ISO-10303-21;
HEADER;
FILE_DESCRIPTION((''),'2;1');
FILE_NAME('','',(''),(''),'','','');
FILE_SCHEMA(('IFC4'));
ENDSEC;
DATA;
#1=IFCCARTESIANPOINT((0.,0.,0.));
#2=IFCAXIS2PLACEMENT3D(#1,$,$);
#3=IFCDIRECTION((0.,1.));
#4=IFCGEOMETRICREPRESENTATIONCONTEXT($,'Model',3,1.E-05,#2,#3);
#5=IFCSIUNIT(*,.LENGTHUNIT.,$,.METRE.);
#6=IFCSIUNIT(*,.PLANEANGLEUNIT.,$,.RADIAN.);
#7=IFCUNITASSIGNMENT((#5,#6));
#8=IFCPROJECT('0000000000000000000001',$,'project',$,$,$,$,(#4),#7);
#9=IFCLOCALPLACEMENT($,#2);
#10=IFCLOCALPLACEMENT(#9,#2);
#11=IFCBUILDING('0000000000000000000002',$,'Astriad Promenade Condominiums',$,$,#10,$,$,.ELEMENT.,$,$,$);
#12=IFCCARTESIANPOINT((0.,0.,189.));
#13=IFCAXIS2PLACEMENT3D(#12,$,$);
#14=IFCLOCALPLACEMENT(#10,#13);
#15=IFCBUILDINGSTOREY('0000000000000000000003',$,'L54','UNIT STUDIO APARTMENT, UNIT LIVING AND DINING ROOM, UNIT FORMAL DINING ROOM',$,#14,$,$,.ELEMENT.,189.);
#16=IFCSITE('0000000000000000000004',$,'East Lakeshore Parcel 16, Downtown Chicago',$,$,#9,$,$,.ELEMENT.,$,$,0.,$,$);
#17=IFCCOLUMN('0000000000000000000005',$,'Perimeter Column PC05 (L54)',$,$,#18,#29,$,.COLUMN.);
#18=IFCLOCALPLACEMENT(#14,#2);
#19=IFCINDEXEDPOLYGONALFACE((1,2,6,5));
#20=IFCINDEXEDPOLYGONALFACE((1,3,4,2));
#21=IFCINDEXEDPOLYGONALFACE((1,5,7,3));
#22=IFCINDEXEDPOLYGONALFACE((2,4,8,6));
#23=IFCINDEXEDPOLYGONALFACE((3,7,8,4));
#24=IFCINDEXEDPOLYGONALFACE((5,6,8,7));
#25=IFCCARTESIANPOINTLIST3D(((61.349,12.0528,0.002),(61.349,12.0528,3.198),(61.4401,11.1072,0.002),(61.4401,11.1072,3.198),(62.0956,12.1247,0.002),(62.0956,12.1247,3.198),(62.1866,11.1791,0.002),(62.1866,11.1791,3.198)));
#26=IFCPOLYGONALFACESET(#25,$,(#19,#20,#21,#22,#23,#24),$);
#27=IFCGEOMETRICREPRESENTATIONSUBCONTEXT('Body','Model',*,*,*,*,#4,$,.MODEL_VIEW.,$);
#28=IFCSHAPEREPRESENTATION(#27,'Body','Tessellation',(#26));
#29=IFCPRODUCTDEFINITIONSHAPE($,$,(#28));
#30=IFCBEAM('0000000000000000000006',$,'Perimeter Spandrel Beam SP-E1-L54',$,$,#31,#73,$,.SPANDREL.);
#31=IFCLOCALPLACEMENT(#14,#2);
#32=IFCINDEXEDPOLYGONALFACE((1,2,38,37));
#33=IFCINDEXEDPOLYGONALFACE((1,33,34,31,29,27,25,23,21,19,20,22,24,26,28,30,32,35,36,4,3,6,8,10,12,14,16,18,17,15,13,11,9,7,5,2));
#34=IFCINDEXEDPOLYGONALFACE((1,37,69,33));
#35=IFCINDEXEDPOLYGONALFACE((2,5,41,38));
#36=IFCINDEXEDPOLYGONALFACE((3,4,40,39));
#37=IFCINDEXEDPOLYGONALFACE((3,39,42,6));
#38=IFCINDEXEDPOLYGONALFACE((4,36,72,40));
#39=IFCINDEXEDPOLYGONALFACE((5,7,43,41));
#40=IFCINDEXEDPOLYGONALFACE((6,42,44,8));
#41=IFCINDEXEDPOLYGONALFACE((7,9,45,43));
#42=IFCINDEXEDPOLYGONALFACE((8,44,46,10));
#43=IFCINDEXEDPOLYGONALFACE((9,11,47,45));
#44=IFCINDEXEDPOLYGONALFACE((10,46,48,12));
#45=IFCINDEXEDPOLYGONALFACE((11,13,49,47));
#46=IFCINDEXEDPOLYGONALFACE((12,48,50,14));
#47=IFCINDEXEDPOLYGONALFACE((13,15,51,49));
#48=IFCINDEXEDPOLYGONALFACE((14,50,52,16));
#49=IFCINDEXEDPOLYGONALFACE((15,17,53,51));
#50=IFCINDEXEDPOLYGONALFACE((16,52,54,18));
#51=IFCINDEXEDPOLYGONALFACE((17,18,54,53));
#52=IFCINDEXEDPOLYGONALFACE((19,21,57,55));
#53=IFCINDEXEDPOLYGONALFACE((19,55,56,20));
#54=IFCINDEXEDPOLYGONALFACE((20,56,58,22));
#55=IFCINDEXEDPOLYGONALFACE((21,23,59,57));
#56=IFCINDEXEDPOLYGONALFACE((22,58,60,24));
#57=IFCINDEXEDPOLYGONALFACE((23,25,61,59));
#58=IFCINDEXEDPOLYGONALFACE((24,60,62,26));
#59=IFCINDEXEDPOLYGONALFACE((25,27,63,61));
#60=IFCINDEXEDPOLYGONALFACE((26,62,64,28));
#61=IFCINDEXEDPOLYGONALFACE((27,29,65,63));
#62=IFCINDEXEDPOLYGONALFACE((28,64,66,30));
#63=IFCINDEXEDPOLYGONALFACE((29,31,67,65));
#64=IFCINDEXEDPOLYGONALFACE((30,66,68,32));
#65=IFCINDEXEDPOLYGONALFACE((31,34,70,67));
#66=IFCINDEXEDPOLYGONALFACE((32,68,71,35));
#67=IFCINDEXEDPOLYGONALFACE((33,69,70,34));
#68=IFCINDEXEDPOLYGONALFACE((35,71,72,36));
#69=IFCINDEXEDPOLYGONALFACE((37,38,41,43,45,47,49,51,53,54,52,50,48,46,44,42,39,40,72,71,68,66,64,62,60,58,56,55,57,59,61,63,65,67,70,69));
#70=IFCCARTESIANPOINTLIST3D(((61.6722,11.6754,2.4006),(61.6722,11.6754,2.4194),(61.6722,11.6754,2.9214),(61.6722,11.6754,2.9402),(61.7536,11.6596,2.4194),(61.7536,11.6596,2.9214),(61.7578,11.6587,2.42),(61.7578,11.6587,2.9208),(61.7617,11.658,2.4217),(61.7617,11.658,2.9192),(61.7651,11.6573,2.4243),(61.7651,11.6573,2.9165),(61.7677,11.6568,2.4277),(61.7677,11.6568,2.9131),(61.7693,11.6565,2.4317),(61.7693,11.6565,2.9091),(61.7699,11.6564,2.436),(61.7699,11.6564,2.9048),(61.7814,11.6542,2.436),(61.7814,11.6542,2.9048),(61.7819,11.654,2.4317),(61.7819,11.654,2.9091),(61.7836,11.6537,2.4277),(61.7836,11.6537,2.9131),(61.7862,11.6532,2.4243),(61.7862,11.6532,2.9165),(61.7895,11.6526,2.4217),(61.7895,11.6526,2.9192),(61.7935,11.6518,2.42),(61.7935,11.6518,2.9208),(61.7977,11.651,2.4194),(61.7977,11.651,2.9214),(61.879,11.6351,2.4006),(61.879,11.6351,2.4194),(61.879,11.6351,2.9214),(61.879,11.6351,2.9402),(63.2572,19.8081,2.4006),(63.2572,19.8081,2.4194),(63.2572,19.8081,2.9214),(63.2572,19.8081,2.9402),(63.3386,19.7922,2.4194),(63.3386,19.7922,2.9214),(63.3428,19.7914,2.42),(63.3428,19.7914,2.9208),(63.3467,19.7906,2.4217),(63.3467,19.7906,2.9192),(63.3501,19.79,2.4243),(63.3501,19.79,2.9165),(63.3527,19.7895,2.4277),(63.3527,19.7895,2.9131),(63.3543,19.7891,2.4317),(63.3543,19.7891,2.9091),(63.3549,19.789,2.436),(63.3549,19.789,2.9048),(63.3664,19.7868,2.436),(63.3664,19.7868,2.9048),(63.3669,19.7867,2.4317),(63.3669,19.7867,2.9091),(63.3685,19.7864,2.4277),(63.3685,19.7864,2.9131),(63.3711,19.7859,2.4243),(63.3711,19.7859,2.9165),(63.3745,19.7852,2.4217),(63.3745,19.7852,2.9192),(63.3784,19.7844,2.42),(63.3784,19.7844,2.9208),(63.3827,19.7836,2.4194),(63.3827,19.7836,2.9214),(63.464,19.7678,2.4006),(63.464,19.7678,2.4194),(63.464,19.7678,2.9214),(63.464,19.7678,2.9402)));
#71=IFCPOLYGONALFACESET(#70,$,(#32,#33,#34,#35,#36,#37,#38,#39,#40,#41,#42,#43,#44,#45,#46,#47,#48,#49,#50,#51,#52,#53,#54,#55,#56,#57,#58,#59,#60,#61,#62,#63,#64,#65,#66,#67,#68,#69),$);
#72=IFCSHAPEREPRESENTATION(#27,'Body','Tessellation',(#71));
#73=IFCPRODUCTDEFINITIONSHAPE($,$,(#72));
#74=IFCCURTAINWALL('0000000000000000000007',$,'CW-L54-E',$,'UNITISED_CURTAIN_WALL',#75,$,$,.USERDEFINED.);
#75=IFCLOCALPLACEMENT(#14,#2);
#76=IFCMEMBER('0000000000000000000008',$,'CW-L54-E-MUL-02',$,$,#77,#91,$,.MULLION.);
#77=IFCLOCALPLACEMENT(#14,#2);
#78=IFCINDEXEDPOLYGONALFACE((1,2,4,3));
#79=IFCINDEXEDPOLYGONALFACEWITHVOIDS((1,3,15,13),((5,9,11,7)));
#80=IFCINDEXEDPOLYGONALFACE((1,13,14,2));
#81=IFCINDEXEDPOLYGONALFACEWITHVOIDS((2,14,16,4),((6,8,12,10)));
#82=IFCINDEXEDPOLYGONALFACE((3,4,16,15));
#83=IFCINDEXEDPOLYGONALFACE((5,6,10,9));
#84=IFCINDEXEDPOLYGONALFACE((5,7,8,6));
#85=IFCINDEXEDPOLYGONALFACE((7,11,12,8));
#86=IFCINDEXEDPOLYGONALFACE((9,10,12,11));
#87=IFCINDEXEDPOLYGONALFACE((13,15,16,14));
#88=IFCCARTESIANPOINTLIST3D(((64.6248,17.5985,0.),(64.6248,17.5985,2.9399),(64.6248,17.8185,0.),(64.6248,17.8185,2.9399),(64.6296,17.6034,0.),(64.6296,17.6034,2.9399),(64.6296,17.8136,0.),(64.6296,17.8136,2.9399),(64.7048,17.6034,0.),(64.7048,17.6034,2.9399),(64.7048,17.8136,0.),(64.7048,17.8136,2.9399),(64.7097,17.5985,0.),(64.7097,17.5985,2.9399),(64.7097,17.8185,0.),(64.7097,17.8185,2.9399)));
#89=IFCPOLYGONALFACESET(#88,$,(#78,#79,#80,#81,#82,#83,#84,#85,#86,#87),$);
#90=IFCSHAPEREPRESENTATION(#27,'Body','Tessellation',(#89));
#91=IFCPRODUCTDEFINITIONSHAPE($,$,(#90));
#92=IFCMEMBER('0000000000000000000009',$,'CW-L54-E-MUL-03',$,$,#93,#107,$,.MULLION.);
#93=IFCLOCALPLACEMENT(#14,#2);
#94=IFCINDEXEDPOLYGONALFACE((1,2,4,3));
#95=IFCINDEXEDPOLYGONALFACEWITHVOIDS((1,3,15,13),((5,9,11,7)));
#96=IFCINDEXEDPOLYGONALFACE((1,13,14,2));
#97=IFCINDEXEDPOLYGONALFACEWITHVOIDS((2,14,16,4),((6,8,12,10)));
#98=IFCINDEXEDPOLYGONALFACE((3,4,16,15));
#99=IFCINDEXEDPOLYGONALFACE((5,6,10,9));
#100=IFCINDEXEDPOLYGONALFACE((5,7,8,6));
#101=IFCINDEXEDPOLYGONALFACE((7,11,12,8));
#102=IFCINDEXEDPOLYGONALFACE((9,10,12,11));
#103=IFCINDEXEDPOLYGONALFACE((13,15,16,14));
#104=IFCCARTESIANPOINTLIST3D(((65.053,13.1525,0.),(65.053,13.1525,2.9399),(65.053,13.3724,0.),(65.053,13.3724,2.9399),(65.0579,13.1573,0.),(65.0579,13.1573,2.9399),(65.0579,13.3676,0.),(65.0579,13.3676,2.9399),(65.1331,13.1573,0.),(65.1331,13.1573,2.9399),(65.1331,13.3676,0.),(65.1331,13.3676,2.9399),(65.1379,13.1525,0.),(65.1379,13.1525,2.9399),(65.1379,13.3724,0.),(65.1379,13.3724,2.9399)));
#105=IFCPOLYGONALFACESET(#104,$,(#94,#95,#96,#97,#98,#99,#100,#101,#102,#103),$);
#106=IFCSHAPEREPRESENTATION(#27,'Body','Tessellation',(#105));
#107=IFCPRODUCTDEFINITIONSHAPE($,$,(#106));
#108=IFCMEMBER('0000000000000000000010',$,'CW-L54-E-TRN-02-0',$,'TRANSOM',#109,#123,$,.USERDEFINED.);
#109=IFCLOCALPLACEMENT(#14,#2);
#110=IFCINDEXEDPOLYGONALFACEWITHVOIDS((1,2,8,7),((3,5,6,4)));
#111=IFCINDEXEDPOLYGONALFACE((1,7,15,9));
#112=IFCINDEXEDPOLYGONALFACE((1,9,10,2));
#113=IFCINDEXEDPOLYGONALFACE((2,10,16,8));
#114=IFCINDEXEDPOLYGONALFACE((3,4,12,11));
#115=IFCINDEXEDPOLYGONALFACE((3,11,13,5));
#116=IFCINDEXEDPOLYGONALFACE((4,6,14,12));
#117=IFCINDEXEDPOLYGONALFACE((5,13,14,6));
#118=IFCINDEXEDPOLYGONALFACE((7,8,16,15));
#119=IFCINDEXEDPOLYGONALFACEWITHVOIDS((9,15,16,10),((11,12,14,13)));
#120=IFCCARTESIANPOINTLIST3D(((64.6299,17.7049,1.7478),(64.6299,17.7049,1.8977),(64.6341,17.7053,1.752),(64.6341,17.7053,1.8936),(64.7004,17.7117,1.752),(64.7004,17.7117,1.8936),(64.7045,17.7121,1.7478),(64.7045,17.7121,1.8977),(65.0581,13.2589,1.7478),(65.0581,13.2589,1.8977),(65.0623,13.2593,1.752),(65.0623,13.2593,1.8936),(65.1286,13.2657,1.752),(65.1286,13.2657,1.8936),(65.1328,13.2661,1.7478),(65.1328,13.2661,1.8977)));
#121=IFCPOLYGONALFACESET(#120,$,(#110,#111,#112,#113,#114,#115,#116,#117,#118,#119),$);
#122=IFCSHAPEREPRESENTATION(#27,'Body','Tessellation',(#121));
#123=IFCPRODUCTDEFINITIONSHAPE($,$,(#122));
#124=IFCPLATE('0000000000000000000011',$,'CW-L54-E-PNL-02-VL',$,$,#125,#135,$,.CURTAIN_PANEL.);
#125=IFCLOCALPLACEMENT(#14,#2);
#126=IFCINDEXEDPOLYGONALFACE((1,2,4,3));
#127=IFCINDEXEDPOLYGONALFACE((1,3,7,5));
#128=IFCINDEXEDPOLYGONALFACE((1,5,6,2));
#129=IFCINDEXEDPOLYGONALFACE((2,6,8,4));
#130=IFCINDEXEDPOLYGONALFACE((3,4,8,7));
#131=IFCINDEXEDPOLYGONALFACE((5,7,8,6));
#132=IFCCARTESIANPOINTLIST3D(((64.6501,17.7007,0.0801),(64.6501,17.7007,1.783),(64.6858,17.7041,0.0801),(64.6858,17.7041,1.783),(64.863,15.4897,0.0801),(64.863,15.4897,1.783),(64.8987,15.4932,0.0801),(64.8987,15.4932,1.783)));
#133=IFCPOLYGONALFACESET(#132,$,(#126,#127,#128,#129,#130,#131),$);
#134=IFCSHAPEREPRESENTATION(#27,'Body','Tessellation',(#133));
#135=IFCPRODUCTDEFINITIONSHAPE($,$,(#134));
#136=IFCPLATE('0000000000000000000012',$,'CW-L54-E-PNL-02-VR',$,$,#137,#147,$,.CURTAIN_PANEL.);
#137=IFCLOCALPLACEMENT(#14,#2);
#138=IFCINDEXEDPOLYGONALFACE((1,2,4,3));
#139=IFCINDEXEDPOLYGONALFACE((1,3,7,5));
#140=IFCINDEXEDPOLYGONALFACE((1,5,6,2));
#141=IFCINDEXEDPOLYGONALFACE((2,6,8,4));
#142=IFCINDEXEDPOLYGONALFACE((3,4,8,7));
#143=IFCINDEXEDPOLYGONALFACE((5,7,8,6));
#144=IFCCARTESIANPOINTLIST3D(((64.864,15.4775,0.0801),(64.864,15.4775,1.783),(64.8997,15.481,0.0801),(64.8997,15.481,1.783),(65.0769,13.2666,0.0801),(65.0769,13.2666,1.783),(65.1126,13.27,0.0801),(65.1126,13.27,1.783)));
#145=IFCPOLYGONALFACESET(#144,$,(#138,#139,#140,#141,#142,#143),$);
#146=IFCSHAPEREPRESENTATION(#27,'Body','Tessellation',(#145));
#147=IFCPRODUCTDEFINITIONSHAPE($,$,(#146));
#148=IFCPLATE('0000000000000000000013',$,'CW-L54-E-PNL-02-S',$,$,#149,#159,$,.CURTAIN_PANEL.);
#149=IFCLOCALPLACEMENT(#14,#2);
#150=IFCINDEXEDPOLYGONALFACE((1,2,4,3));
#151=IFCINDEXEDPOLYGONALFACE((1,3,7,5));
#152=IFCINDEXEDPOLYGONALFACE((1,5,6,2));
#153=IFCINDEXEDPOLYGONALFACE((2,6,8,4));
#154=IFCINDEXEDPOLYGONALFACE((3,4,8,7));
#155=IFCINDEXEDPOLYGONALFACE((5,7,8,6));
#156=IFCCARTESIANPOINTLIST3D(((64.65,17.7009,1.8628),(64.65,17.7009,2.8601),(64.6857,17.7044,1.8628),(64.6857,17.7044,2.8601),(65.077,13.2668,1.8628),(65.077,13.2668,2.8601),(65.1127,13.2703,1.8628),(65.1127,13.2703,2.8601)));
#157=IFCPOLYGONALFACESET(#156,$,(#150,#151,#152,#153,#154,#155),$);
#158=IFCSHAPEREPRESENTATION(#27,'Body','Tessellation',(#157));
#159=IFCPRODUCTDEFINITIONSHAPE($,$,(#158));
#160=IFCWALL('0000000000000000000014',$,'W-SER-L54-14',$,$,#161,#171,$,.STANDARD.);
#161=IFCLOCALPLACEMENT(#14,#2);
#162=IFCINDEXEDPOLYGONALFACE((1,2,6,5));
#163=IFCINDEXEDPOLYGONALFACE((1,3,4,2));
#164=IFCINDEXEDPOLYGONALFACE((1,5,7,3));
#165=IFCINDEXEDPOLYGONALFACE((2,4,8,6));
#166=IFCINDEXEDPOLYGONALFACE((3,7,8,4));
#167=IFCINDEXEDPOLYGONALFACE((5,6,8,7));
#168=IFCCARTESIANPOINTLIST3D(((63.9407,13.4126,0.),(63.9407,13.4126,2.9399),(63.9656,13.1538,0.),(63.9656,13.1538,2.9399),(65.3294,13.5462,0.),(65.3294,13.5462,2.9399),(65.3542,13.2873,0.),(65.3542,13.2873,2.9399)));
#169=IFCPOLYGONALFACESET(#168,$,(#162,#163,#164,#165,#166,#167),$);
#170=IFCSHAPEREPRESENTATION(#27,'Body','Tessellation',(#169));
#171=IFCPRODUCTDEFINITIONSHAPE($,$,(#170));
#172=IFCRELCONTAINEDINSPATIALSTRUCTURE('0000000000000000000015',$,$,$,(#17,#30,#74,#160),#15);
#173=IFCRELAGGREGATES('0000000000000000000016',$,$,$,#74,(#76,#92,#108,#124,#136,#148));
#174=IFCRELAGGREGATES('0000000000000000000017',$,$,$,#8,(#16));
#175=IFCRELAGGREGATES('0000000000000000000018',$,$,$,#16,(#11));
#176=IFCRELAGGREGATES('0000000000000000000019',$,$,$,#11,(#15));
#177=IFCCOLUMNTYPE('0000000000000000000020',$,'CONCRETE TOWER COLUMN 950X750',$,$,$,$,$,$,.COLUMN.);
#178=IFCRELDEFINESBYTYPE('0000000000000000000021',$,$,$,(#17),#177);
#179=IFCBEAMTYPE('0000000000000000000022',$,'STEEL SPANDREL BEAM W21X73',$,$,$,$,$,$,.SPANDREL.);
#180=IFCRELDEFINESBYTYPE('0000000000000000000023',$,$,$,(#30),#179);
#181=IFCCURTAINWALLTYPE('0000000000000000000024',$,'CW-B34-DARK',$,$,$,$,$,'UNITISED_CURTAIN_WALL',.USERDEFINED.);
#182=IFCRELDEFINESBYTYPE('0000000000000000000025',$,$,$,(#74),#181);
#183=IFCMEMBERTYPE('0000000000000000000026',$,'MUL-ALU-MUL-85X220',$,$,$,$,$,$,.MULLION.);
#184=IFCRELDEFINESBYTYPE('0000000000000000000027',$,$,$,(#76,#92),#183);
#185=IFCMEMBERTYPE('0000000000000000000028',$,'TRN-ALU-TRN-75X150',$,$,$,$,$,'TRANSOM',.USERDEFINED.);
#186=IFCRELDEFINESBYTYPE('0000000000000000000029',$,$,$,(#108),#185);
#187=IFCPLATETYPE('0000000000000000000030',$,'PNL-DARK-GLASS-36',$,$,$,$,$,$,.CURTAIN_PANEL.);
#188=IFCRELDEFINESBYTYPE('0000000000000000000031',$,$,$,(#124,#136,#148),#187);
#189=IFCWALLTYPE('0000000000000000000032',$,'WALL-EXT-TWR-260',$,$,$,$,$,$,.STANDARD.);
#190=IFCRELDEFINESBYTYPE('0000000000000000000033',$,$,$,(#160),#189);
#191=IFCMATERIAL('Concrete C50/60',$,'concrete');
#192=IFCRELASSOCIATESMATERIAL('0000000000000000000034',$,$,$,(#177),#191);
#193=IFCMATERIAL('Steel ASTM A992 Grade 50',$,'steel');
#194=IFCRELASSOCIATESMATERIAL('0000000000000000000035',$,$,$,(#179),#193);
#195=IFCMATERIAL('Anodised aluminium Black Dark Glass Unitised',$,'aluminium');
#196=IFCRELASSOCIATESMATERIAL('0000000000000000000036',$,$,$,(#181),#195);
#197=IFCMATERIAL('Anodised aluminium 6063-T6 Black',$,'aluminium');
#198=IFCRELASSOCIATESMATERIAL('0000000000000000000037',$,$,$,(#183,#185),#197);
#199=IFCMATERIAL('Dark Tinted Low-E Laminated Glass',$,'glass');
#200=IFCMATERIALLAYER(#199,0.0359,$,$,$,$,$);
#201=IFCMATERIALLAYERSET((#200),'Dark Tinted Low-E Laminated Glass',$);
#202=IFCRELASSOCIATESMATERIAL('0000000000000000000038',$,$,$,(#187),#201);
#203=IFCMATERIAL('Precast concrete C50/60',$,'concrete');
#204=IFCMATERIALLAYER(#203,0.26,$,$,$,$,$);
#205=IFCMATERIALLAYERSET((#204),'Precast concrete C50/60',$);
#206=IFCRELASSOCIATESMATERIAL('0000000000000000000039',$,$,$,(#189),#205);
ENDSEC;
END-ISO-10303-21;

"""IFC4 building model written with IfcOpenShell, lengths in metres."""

from ifc_helpers import new_model, si_unit, direction, frame, frame_2d, origin, origin_2d, place, context, subcontext, project, spatial, rectangle, hollow_rectangle, i_section, extrude, source, transform, mapped, material, layer, layer_set, material_profile, profile_set, type_object, type_shapes, element, aggregate, save


model = new_model("IFC4")

# Units and contexts
model_context = context("Model", 3, precision=1e-05, world=origin(), true_north=direction((0.0, 1.0)))
body_context = subcontext(model_context, "Body", "Model", "MODEL_VIEW")
ifc_project = project(units=[si_unit("LENGTHUNIT", "METRE"), si_unit("PLANEANGLEUNIT", "RADIAN")], contexts=[model_context])

# Site, building, storey
site_placement = place(None, origin())
site = spatial("IfcSite", under=ifc_project, at=site_placement, Name="East Lakeshore Parcel 16, Downtown Chicago", CompositionType="ELEMENT", RefElevation=0.0)
building_placement = place(site_placement, origin())
building = spatial("IfcBuilding", under=site, at=building_placement, Name="Astriad Promenade Condominiums", CompositionType="ELEMENT")
storey_placement = place(building_placement, frame((0.0, 0.0, 189.0)))
storey = spatial("IfcBuildingStorey", under=building, at=storey_placement, Name="L54", Description="UNIT STUDIO APARTMENT, UNIT LIVING AND DINING ROOM, UNIT FORMAL DINING ROOM", CompositionType="ELEMENT", Elevation=189.0)

# Column
ifc_material_1 = material(Name="Concrete C50/60", Category="concrete")
ifc_material_profile_1 = material_profile(ifc_material_1, rectangle(XDim=0.75, YDim=0.95, at=origin_2d()), Name="RC-COL-950X750")
ifc_profile_set_1 = profile_set([ifc_material_profile_1], Name="Concrete C50/60")
column_type = type_object("IfcColumnType", Name="CONCRETE TOWER COLUMN 950X750", PredefinedType="COLUMN", material=ifc_profile_set_1)
shared_shape_1 = source(origin(), body_context, "Body", "SweptSolid", [
    extrude(rectangle(XDim=0.75, YDim=0.95, at=origin_2d()), origin(), (0.0, 0.0, 1.0), 3.196),
])
type_shapes(column_type, [shared_shape_1])
column_placement = place(storey_placement, frame((61.7678, 11.616, 0.002), z_axis=(0.0, 0.0, 1.0), x_axis=(0.995396, 0.095846, 0.0)))
element("IfcColumn", 1, at=column_placement, inside=storey, type_object=column_type, Name="Perimeter Column PC05 (L54)", PredefinedType="COLUMN", context=body_context, shape_type="MappedRepresentation", body=[
    mapped(shared_shape_1, transform((0.0, 0.0, 0.0), scale=1.0)),
])

# Beam
ifc_material_2 = material(Name="Steel ASTM A992 Grade 50", Category="steel")
ifc_material_profile_2 = material_profile(ifc_material_2, i_section(OverallWidth=0.2107, OverallDepth=0.5396, WebThickness=0.0117, FlangeThickness=0.0188, FilletRadius=0.0166, at=origin_2d()), Name="W21X73")
ifc_profile_set_2 = profile_set([ifc_material_profile_2], Name="Steel ASTM A992 Grade 50")
beam_type = type_object("IfcBeamType", Name="STEEL SPANDREL BEAM W21X73", PredefinedType="SPANDREL", material=ifc_profile_set_2)
shared_shape_2 = source(origin(), body_context, "Body", "SweptSolid", [
    extrude(i_section(OverallWidth=0.2107, OverallDepth=0.5396, WebThickness=0.0117, FlangeThickness=0.0188, FilletRadius=0.0166, at=origin_2d()), origin(), (0.0, 0.0, 1.0), 8.2856),
])
type_shapes(beam_type, [shared_shape_2])
beam_placement = place(storey_placement, frame((61.7756, 11.6553, 2.6704), z_axis=(0.191292, 0.981533, 0.0), x_axis=(-0.981533, 0.191292, 0.0)))
element("IfcBeam", 2, at=beam_placement, inside=storey, type_object=beam_type, Name="Perimeter Spandrel Beam SP-E1-L54", PredefinedType="SPANDREL", context=body_context, shape_type="MappedRepresentation", body=[
    mapped(shared_shape_2, transform((0.0, 0.0, 0.0), scale=1.0)),
])

# Curtain wall, members, plates
ifc_material_3 = material(Name="Anodised aluminium Black Dark Glass Unitised", Category="aluminium")
curtain_wall_type = type_object("IfcCurtainWallType", Name="CW-B34-DARK", ElementType="UNITISED_CURTAIN_WALL", PredefinedType="USERDEFINED", material=ifc_material_3)
curtain_wall_placement = place(storey_placement, origin())
curtain_wall = element("IfcCurtainWall", 3, at=curtain_wall_placement, inside=storey, type_object=curtain_wall_type, Name="CW-L54-E", ObjectType="UNITISED_CURTAIN_WALL", PredefinedType="USERDEFINED")
ifc_material_4 = material(Name="Anodised aluminium 6063-T6 Black", Category="aluminium")
ifc_material_profile_3 = material_profile(ifc_material_4, hollow_rectangle(XDim=0.085, YDim=0.22, WallThickness=0.0049, at=origin_2d()), Name="ALU-MUL-85X220")
ifc_profile_set_3 = profile_set([ifc_material_profile_3], Name="Anodised aluminium 6063-T6 Black")
member_type_1 = type_object("IfcMemberType", Name="MUL-ALU-MUL-85X220", PredefinedType="MULLION", material=ifc_profile_set_3)
shared_shape_3 = source(origin(), body_context, "Body", "SweptSolid", [
    extrude(hollow_rectangle(XDim=0.085, YDim=0.22, WallThickness=0.0049, at=origin_2d()), origin(), (0.0, 0.0, 1.0), 2.9399),
])
type_shapes(member_type_1, [shared_shape_3])
member_1_placement = place(storey_placement, frame((64.6672, 17.7085, 0.0), z_axis=(0.0, 0.0, 1.0), x_axis=(1.0, 0.0, 0.0)))
member_1 = element("IfcMember", 4, at=member_1_placement, type_object=member_type_1, Name="CW-L54-E-MUL-02", PredefinedType="MULLION", context=body_context, shape_type="MappedRepresentation", body=[
    mapped(shared_shape_3, transform((0.0, 0.0, 0.0), scale=1.0)),
])
member_2_placement = place(storey_placement, frame((65.0955, 13.2625, 0.0), z_axis=(0.0, 0.0, 1.0), x_axis=(1.0, 0.0, 0.0)))
member_2 = element("IfcMember", 5, at=member_2_placement, type_object=member_type_1, Name="CW-L54-E-MUL-03", PredefinedType="MULLION", context=body_context, shape_type="MappedRepresentation", body=[
    mapped(shared_shape_3, transform((0.0, 0.0, 0.0), scale=1.0)),
])
ifc_material_profile_4 = material_profile(ifc_material_4, hollow_rectangle(XDim=0.075, YDim=0.1499, WallThickness=0.0042, at=origin_2d()), Name="ALU-TRN-75X150")
ifc_profile_set_4 = profile_set([ifc_material_profile_4], Name="Anodised aluminium 6063-T6 Black")
member_type_2 = type_object("IfcMemberType", Name="TRN-ALU-TRN-75X150", ElementType="TRANSOM", PredefinedType="USERDEFINED", material=ifc_profile_set_4)
shared_shape_4 = source(origin(), body_context, "Body", "SweptSolid", [
    extrude(hollow_rectangle(XDim=0.075, YDim=0.1499, WallThickness=0.0042, at=origin_2d()), origin(), (0.0, 0.0, 1.0), 4.4666),
])
type_shapes(member_type_2, [shared_shape_4])
member_3_placement = place(storey_placement, frame((64.6672, 17.7085, 1.8228), z_axis=(0.095872, -0.995394, 0.0), x_axis=(0.995394, 0.095872, 0.0)))
member_3 = element("IfcMember", 6, at=member_3_placement, type_object=member_type_2, Name="CW-L54-E-TRN-02-0", ObjectType="TRANSOM", PredefinedType="USERDEFINED", context=body_context, shape_type="MappedRepresentation", body=[
    mapped(shared_shape_4, transform((0.0, 0.0, 0.0), scale=1.0)),
])
ifc_material_5 = material(Name="Dark Tinted Low-E Laminated Glass", Category="glass")
ifc_layer_1 = layer(ifc_material_5, 0.0359)
ifc_layer_set_1 = layer_set([ifc_layer_1], Name="Dark Tinted Low-E Laminated Glass")
plate_type = type_object("IfcPlateType", Name="PNL-DARK-GLASS-36", PredefinedType="CURTAIN_PANEL", material=ifc_layer_set_1)
shared_shape_5 = source(origin(), body_context, "Body", "SweptSolid", [
    extrude(rectangle(XDim=2.2212, YDim=0.0359, at=origin_2d()), origin(), (0.0, 0.0, 1.0), 1.7029),
])
plate_1_placement = place(storey_placement, frame((64.7744, 16.5969, 0.0801), z_axis=(0.0, 0.0, 1.0), x_axis=(0.095846, -0.995396, 0.0)))
plate_1 = element("IfcPlate", 7, at=plate_1_placement, type_object=plate_type, Name="CW-L54-E-PNL-02-VL", PredefinedType="CURTAIN_PANEL", context=body_context, shape_type="MappedRepresentation", body=[
    mapped(shared_shape_5, transform((0.0, 0.0, 0.0), scale=1.0)),
])
plate_2_placement = place(storey_placement, frame((64.9883, 14.3738, 0.0801), z_axis=(0.0, 0.0, 1.0), x_axis=(0.095846, -0.995396, 0.0)))
plate_2 = element("IfcPlate", 8, at=plate_2_placement, type_object=plate_type, Name="CW-L54-E-PNL-02-VR", PredefinedType="CURTAIN_PANEL", context=body_context, shape_type="MappedRepresentation", body=[
    mapped(shared_shape_5, transform((0.0, 0.0, 0.0), scale=1.0)),
])
shared_shape_6 = source(origin(), body_context, "Body", "SweptSolid", [
    extrude(rectangle(XDim=4.4546, YDim=0.0359, at=origin_2d()), origin(), (0.0, 0.0, 1.0), 0.9973),
])
type_shapes(plate_type, [shared_shape_5, shared_shape_6])
plate_3_placement = place(storey_placement, frame((64.8813, 15.4856, 1.8628), z_axis=(0.0, 0.0, 1.0), x_axis=(0.095846, -0.995396, 0.0)))
plate_3 = element("IfcPlate", 9, at=plate_3_placement, type_object=plate_type, Name="CW-L54-E-PNL-02-S", PredefinedType="CURTAIN_PANEL", context=body_context, shape_type="MappedRepresentation", body=[
    mapped(shared_shape_6, transform((0.0, 0.0, 0.0), scale=1.0)),
])
aggregate(curtain_wall, [member_1, member_2, member_3, plate_1, plate_2, plate_3])

# Wall
ifc_material_6 = material(Name="Precast concrete C50/60", Category="concrete")
ifc_layer_2 = layer(ifc_material_6, 0.26)
ifc_layer_set_2 = layer_set([ifc_layer_2], Name="Precast concrete C50/60")
wall_type_1 = type_object("IfcWallType", Name="WALL-EXT-TWR-260", PredefinedType="STANDARD", material=ifc_layer_set_2)
wall_1_placement = place(storey_placement, frame((65.3418, 13.4167, 0.0), z_axis=(0.0, 0.0, 1.0), x_axis=(-0.995408, -0.095726, 0.0)))
element("IfcWall", 10, at=wall_1_placement, inside=storey, type_object=wall_type_1, Name="W-SER-L54-14", PredefinedType="STANDARD", context=body_context, shape_type="SweptSolid", body=[
    extrude(rectangle(XDim=1.395, YDim=0.26, at=frame_2d((0.6975, 0.0))), origin(), (0.0, 0.0, 1.0), 2.9399),
])

save(model, "model.ifc")
